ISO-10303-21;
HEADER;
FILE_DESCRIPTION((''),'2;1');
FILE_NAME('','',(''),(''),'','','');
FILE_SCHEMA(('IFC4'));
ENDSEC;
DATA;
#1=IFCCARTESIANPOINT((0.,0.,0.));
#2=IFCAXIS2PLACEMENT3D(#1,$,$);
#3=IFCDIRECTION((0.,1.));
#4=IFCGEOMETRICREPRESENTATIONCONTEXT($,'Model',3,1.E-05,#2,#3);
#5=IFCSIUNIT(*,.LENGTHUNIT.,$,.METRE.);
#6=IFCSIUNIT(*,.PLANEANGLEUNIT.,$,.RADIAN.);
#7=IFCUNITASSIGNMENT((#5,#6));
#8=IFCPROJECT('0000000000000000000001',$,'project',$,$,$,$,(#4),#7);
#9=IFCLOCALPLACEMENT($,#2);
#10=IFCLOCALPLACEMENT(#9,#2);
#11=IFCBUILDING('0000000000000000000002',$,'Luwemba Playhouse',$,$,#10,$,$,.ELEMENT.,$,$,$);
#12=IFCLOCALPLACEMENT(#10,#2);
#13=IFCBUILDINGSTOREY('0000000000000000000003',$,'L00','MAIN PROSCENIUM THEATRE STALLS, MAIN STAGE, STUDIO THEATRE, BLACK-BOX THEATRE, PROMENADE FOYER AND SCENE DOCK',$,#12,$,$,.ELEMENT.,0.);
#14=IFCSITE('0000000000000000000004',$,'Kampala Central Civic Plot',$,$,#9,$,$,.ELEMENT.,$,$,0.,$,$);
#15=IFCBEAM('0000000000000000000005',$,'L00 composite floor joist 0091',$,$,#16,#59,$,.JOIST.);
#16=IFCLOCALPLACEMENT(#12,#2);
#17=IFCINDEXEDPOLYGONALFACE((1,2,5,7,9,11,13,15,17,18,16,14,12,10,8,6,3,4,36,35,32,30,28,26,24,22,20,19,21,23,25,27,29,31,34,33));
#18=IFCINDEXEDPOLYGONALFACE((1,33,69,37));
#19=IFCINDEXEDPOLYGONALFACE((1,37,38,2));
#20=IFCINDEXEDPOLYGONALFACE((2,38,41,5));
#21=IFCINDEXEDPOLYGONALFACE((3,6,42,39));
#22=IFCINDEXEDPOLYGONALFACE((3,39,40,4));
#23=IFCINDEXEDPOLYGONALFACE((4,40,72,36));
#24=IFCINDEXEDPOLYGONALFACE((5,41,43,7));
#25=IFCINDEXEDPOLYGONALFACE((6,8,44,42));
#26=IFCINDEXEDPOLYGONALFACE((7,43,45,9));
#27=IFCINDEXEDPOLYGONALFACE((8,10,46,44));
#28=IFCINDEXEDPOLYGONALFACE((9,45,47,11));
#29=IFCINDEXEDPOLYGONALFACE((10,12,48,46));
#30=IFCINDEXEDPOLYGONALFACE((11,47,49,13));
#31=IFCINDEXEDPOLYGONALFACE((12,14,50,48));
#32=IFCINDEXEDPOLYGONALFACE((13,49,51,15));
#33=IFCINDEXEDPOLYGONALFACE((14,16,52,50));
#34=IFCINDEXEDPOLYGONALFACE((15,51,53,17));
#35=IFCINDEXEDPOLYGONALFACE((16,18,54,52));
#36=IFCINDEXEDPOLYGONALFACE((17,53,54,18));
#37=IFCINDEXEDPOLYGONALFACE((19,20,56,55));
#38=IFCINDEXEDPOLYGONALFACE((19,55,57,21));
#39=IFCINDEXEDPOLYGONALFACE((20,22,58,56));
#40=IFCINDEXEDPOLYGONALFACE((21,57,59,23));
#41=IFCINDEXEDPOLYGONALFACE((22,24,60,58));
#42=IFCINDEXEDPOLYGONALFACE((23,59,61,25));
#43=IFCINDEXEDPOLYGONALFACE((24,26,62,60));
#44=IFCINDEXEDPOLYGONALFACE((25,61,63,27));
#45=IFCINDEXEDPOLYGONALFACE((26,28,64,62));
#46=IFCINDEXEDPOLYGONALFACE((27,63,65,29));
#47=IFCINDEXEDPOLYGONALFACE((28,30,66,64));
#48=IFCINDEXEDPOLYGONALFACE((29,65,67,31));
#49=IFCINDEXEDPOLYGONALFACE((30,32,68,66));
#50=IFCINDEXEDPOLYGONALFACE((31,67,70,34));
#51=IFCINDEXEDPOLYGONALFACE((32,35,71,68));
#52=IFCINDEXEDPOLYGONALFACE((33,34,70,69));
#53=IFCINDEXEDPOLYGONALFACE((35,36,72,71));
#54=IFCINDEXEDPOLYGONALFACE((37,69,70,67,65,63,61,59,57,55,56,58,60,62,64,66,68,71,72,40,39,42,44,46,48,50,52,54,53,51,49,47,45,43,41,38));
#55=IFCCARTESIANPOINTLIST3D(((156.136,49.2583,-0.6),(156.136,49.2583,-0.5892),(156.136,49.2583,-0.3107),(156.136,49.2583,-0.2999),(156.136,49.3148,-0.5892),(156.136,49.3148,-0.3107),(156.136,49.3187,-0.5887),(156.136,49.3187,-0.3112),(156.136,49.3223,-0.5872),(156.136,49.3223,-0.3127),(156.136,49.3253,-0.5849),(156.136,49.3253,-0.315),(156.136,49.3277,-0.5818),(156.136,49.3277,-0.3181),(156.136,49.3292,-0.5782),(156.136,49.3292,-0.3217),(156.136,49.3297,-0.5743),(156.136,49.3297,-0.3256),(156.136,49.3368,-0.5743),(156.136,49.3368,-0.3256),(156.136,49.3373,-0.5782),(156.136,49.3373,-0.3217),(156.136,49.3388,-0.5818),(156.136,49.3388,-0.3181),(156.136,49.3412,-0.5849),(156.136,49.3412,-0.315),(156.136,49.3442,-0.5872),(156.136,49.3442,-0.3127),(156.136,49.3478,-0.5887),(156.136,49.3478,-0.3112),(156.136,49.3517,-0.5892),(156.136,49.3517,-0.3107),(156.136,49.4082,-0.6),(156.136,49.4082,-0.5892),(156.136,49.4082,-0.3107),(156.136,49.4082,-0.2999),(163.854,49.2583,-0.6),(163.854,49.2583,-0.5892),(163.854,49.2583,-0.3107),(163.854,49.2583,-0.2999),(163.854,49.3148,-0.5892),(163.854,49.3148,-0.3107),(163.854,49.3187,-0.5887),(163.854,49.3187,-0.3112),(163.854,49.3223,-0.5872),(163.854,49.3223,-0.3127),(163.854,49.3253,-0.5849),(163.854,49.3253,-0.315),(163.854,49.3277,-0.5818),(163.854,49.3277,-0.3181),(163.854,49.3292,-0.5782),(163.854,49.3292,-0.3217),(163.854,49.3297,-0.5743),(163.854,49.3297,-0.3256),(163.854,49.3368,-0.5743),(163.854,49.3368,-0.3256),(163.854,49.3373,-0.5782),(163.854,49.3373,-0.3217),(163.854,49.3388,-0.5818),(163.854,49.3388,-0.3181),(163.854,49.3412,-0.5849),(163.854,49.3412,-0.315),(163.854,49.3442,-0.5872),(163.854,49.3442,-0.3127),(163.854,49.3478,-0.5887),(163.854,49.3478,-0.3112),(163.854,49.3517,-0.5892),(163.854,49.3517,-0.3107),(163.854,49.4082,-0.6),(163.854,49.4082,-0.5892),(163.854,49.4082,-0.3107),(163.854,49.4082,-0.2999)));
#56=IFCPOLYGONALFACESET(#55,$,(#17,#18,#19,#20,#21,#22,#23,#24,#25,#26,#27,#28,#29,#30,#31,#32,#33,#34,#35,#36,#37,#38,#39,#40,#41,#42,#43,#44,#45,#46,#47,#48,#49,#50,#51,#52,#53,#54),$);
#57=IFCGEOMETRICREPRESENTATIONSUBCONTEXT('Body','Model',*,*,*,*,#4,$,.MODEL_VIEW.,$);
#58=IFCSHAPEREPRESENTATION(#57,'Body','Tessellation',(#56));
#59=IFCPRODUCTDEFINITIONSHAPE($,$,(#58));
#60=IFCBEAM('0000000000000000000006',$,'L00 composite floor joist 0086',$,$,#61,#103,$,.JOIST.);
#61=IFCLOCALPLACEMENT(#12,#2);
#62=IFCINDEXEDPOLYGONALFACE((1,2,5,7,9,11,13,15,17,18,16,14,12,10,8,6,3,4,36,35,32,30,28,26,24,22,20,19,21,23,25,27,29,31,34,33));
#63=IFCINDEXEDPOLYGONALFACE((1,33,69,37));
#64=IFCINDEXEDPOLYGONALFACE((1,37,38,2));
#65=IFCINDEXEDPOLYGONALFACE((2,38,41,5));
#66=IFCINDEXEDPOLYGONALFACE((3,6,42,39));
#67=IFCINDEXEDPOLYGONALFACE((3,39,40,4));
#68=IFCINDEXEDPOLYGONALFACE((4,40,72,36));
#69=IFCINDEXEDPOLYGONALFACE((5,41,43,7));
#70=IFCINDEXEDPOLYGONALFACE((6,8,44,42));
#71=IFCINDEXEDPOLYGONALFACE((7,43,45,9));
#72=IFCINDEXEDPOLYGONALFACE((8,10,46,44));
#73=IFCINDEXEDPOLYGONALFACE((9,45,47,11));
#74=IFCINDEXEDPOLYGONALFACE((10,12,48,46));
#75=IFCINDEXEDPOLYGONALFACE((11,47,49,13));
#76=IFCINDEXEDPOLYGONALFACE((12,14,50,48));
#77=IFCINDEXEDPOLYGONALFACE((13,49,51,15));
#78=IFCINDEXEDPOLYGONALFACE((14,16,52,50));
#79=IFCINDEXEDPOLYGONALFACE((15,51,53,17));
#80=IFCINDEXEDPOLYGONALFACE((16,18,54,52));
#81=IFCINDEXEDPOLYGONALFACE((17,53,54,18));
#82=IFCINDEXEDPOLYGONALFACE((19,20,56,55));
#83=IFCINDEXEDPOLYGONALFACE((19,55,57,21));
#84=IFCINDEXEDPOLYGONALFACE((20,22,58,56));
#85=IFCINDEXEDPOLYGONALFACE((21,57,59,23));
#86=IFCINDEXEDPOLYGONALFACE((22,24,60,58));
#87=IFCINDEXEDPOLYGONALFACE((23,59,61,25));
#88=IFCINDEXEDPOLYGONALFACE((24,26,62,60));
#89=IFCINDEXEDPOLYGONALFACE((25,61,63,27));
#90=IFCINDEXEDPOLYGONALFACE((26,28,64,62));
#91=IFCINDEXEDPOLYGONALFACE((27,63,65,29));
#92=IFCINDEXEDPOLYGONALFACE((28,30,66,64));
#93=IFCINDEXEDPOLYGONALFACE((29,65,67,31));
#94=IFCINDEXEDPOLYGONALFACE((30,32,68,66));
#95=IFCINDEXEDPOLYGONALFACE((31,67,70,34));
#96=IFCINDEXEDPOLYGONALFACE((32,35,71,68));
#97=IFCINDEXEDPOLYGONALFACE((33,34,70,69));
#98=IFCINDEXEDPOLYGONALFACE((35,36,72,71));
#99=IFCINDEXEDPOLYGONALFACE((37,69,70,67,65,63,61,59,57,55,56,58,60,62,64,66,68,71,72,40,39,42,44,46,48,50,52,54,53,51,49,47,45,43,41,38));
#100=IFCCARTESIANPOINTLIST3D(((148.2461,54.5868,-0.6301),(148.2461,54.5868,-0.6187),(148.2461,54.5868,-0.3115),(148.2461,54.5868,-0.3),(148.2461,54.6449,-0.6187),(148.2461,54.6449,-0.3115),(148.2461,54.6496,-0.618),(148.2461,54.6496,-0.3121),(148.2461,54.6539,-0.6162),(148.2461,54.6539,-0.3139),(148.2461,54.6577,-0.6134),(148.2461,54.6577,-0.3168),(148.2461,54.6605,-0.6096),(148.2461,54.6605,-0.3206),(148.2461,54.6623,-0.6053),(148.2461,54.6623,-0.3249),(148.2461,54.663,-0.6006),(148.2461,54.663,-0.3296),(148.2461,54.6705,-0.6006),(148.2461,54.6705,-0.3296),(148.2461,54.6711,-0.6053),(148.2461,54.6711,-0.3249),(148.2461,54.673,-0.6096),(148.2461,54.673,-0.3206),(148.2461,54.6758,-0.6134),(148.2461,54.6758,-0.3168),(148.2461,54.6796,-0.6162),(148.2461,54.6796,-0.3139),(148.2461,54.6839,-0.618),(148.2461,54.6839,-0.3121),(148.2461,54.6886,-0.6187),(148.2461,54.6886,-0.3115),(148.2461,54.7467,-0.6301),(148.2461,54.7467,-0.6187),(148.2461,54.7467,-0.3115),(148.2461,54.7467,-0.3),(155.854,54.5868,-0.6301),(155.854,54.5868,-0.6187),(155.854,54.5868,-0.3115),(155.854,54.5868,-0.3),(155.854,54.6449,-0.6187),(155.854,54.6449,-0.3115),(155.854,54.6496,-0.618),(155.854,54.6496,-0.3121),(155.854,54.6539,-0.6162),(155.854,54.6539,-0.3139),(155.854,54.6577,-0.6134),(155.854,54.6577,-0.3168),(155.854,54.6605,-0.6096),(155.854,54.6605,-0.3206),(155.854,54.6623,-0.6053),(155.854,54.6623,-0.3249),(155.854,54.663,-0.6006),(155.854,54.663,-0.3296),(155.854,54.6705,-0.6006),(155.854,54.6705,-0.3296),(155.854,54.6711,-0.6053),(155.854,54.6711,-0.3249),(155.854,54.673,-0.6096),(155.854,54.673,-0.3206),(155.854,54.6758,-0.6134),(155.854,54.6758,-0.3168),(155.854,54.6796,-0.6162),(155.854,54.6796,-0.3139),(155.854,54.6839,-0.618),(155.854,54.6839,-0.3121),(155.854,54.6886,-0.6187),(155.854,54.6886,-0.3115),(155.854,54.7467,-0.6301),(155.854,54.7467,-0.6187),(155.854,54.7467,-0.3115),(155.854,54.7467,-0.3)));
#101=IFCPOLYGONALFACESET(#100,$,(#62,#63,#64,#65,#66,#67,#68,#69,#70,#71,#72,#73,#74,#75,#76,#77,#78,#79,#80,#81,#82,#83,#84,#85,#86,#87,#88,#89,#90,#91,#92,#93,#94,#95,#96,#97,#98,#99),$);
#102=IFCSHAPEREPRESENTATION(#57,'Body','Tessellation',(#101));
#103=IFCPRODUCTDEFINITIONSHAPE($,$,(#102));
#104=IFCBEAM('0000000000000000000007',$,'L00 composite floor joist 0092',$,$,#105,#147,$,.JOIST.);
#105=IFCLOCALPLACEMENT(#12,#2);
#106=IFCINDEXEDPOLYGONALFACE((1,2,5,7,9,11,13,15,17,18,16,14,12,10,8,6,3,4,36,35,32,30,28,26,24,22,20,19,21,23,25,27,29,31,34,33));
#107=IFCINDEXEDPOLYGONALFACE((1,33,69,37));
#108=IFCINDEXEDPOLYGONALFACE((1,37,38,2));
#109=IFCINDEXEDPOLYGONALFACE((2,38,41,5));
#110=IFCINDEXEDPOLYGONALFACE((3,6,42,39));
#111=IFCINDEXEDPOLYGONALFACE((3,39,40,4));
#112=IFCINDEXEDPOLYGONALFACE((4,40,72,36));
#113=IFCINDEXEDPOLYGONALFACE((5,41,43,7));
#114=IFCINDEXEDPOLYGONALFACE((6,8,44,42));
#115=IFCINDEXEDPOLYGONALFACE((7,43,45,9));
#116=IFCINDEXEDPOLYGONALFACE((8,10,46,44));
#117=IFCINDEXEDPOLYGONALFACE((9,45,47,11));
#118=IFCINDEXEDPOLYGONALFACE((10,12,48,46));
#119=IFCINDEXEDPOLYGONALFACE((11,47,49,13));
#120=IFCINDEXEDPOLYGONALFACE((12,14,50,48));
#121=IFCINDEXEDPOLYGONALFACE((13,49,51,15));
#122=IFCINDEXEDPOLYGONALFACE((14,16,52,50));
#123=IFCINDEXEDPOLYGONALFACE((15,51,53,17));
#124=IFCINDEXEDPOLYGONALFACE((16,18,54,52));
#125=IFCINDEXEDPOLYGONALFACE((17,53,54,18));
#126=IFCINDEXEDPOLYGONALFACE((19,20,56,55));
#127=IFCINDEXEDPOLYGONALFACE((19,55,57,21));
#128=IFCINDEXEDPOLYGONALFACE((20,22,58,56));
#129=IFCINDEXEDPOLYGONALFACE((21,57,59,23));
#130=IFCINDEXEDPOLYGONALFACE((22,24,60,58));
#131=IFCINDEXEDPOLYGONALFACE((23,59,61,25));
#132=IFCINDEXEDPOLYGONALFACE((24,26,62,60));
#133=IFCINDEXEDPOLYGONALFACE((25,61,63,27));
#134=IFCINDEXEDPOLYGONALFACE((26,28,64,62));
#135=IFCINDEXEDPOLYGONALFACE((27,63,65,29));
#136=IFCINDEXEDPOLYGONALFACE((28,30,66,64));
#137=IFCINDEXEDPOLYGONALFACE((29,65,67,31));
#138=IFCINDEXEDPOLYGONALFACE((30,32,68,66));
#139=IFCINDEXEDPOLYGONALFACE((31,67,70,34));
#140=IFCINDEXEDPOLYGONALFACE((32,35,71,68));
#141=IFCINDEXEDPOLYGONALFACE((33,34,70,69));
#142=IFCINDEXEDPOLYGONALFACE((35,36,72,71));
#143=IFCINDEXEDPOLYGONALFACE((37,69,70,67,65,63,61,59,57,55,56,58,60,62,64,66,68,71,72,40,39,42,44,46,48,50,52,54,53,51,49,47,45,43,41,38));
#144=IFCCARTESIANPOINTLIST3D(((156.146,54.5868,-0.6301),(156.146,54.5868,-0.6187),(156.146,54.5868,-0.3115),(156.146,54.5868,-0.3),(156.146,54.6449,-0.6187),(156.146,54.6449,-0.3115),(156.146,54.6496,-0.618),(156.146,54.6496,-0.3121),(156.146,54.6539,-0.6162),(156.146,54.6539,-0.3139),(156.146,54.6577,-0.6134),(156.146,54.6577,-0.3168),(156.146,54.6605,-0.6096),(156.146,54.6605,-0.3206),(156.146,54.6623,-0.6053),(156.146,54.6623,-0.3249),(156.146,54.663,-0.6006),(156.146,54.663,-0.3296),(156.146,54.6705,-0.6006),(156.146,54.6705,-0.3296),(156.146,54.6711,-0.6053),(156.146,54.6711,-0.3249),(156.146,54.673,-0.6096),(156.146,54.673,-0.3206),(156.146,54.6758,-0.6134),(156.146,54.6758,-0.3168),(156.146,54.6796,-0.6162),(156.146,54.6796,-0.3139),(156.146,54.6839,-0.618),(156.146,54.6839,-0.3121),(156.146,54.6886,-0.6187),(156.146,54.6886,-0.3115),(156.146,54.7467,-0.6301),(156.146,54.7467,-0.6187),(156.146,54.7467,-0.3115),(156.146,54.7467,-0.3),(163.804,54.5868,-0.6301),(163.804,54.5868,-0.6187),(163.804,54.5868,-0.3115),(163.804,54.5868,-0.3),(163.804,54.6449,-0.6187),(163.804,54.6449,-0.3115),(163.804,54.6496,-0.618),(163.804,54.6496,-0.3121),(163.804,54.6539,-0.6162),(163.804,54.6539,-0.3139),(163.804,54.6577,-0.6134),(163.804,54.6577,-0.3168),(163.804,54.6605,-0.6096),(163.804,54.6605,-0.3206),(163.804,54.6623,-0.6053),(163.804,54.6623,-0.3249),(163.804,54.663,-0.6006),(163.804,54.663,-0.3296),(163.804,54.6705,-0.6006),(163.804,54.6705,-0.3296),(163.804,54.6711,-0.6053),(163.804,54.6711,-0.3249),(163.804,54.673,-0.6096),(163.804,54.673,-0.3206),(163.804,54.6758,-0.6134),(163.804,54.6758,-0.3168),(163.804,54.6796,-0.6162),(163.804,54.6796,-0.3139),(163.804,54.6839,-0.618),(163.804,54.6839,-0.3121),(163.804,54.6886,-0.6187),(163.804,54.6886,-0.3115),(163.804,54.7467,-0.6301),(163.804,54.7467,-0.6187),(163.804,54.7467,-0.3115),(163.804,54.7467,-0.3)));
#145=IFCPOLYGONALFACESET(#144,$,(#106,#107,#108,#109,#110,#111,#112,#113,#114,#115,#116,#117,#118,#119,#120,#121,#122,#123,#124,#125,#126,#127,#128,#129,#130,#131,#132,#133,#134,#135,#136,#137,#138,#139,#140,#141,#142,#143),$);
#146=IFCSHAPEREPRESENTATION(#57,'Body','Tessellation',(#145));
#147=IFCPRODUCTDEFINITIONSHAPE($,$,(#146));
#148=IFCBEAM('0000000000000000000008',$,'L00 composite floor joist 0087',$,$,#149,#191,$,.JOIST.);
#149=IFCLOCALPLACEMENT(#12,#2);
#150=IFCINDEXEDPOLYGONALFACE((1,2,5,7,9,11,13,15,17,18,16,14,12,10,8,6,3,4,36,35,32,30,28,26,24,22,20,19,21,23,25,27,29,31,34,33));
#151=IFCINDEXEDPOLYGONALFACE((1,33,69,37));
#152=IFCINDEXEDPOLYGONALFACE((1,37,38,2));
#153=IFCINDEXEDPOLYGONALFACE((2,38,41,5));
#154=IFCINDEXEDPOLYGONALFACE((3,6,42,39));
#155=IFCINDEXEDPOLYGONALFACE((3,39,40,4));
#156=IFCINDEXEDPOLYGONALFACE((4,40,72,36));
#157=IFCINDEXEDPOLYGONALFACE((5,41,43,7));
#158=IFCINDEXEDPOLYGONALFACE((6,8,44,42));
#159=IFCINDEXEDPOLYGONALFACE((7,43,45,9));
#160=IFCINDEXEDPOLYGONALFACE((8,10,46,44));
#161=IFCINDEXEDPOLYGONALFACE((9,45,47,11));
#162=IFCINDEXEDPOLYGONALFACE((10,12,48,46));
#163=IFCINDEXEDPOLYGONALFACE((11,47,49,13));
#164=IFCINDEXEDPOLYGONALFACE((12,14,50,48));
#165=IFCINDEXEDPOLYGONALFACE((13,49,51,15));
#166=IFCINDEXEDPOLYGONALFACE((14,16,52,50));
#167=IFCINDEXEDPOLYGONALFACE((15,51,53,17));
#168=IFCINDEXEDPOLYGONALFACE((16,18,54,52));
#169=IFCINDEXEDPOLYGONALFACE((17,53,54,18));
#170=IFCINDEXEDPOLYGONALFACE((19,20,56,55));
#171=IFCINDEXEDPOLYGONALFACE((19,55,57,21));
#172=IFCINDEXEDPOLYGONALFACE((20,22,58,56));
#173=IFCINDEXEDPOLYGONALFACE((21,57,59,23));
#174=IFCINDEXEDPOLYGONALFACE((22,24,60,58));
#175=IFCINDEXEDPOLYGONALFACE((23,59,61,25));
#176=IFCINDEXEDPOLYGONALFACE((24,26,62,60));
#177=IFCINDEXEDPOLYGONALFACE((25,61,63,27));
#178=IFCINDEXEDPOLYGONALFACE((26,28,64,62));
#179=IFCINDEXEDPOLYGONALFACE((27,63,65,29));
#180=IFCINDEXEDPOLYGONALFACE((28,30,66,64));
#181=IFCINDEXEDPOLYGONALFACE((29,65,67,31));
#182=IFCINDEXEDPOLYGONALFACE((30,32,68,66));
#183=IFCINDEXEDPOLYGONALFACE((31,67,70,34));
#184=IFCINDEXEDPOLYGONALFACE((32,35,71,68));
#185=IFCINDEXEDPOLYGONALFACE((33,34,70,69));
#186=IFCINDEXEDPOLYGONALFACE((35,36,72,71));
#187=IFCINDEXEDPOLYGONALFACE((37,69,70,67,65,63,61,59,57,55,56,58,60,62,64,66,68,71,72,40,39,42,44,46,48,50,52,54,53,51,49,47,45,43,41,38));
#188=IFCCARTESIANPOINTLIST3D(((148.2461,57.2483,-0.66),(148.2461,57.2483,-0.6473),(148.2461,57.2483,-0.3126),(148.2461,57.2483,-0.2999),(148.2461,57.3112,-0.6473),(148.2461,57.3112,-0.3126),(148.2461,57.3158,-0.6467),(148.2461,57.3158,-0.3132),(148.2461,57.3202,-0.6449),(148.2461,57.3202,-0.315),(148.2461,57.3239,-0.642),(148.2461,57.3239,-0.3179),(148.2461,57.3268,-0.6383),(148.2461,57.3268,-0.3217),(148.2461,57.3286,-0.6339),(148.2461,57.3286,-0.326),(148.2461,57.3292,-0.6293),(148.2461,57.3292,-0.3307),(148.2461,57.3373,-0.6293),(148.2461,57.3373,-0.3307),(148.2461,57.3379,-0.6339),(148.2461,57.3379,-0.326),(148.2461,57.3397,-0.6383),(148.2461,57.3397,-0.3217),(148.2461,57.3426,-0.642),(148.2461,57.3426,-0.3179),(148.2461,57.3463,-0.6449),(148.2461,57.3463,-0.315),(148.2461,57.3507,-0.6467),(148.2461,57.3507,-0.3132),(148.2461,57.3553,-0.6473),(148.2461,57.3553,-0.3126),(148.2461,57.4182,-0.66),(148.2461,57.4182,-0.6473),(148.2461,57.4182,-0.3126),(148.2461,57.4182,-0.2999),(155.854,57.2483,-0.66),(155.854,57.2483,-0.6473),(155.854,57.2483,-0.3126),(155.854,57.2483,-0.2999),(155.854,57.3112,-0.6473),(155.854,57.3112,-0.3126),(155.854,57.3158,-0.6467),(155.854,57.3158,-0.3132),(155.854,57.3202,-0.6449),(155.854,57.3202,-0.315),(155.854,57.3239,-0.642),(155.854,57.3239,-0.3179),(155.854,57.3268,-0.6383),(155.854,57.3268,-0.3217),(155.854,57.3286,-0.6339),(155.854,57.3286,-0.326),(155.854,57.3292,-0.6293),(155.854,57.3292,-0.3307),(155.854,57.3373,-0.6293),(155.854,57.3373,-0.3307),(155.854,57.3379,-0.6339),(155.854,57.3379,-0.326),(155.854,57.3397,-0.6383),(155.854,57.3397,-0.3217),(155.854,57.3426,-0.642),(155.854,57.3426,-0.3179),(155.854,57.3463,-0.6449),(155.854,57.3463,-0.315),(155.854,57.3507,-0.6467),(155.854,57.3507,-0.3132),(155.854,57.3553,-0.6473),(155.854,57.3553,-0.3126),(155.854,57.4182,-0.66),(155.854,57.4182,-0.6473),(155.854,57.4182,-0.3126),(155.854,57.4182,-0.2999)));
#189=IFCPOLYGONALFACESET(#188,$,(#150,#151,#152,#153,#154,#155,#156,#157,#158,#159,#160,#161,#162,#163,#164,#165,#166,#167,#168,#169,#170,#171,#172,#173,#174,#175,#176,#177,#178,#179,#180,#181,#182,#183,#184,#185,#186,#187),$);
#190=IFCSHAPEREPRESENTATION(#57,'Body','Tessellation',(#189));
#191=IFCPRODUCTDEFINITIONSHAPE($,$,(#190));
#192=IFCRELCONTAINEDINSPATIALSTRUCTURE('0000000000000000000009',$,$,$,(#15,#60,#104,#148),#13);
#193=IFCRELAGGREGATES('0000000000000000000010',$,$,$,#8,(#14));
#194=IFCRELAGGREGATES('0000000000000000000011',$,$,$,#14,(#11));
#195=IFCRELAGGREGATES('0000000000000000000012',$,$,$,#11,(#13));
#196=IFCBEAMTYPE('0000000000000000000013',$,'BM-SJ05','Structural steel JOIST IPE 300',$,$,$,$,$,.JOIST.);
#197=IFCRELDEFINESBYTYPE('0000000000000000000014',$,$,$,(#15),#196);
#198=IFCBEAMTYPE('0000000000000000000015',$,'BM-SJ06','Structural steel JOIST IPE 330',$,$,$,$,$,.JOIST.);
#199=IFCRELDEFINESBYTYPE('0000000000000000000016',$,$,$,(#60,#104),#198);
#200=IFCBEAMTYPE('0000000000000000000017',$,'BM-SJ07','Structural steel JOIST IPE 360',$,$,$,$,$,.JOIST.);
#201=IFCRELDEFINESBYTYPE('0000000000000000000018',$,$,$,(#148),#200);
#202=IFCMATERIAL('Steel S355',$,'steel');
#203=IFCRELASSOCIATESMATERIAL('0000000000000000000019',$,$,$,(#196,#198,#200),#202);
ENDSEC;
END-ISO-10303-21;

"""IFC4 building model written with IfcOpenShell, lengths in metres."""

from ifc_helpers import new_model, si_unit, direction, frame, origin, origin_2d, place, context, subcontext, project, spatial, i_section, extrude, material, material_profile, profile_set, type_object, element, save


model = new_model("IFC4")

# Units and contexts
model_context = context("Model", 3, precision=1e-05, world=origin(), true_north=direction((0.0, 1.0)))
body_context = subcontext(model_context, "Body", "Model", "MODEL_VIEW")
ifc_project = project(units=[si_unit("LENGTHUNIT", "METRE"), si_unit("PLANEANGLEUNIT", "RADIAN")], contexts=[model_context])

# Site, building, storey
site_placement = place(None, origin())
site = spatial("IfcSite", under=ifc_project, at=site_placement, Name="Kampala Central Civic Plot", CompositionType="ELEMENT", RefElevation=0.0)
building_placement = place(site_placement, origin())
building = spatial("IfcBuilding", under=site, at=building_placement, Name="Luwemba Playhouse", CompositionType="ELEMENT")
storey_placement = place(building_placement, origin())
storey = spatial("IfcBuildingStorey", under=building, at=storey_placement, Name="L00", Description="MAIN PROSCENIUM THEATRE STALLS, MAIN STAGE, STUDIO THEATRE, BLACK-BOX THEATRE, PROMENADE FOYER AND SCENE DOCK", CompositionType="ELEMENT", Elevation=0.0)

# Beams
ifc_material_1 = material(Name="Steel S355", Category="steel")
ifc_material_profile_1 = material_profile(ifc_material_1, i_section(OverallWidth=0.1499, OverallDepth=0.3, WebThickness=0.0071, FlangeThickness=0.0107, FilletRadius=0.0149, at=origin_2d()))
ifc_profile_set_1 = profile_set([ifc_material_profile_1], Name="Steel S355")
beam_type_1 = type_object("IfcBeamType", Name="BM-SJ05", Description="Structural steel JOIST IPE 300", PredefinedType="JOIST", material=ifc_profile_set_1)
beam_1_placement = place(storey_placement, frame((156.136, 49.3333, -0.45), z_axis=(1.0, 0.0, 0.0), x_axis=(0.0, 1.0, 0.0)))
element("IfcBeam", 1, at=beam_1_placement, inside=storey, type_object=beam_type_1, Name="L00 composite floor joist 0091", PredefinedType="JOIST", context=body_context, shape_type="SweptSolid", body=[
    extrude(i_section(OverallWidth=0.1499, OverallDepth=0.3, WebThickness=0.0071, FlangeThickness=0.0107, FilletRadius=0.0149, at=origin_2d()), origin(), (0.0, 0.0, 1.0), 7.718),
])
ifc_material_profile_2 = material_profile(ifc_material_1, i_section(OverallWidth=0.1599, OverallDepth=0.3301, WebThickness=0.0076, FlangeThickness=0.0115, FilletRadius=0.0181, at=origin_2d()))
ifc_profile_set_2 = profile_set([ifc_material_profile_2], Name="Steel S355")
beam_type_2 = type_object("IfcBeamType", Name="BM-SJ06", Description="Structural steel JOIST IPE 330", PredefinedType="JOIST", material=ifc_profile_set_2)
beam_2_placement = place(storey_placement, frame((148.2461, 54.6667, -0.4651), z_axis=(1.0, 0.0, 0.0), x_axis=(0.0, 1.0, 0.0)))
element("IfcBeam", 2, at=beam_2_placement, inside=storey, type_object=beam_type_2, Name="L00 composite floor joist 0086", PredefinedType="JOIST", context=body_context, shape_type="SweptSolid", body=[
    extrude(i_section(OverallWidth=0.1599, OverallDepth=0.3301, WebThickness=0.0076, FlangeThickness=0.0115, FilletRadius=0.0181, at=origin_2d()), origin(), (0.0, 0.0, 1.0), 7.6079),
])
beam_3_placement = place(storey_placement, frame((156.146, 54.6667, -0.4651), z_axis=(1.0, 0.0, 0.0), x_axis=(0.0, 1.0, 0.0)))
element("IfcBeam", 3, at=beam_3_placement, inside=storey, type_object=beam_type_2, Name="L00 composite floor joist 0092", PredefinedType="JOIST", context=body_context, shape_type="SweptSolid", body=[
    extrude(i_section(OverallWidth=0.1599, OverallDepth=0.3301, WebThickness=0.0076, FlangeThickness=0.0115, FilletRadius=0.0181, at=origin_2d()), origin(), (0.0, 0.0, 1.0), 7.658),
])
ifc_material_profile_3 = material_profile(ifc_material_1, i_section(OverallWidth=0.1699, OverallDepth=0.3601, WebThickness=0.0081, FlangeThickness=0.0127, FilletRadius=0.0181, at=origin_2d()))
ifc_profile_set_3 = profile_set([ifc_material_profile_3], Name="Steel S355")
beam_type_3 = type_object("IfcBeamType", Name="BM-SJ07", Description="Structural steel JOIST IPE 360", PredefinedType="JOIST", material=ifc_profile_set_3)
beam_4_placement = place(storey_placement, frame((148.2461, 57.3333, -0.48), z_axis=(1.0, 0.0, 0.0), x_axis=(0.0, 1.0, 0.0)))
element("IfcBeam", 4, at=beam_4_placement, inside=storey, type_object=beam_type_3, Name="L00 composite floor joist 0087", PredefinedType="JOIST", context=body_context, shape_type="SweptSolid", body=[
    extrude(i_section(OverallWidth=0.1699, OverallDepth=0.3601, WebThickness=0.0081, FlangeThickness=0.0127, FilletRadius=0.0181, at=origin_2d()), origin(), (0.0, 0.0, 1.0), 7.6079),
])

save(model, "model.ifc")
